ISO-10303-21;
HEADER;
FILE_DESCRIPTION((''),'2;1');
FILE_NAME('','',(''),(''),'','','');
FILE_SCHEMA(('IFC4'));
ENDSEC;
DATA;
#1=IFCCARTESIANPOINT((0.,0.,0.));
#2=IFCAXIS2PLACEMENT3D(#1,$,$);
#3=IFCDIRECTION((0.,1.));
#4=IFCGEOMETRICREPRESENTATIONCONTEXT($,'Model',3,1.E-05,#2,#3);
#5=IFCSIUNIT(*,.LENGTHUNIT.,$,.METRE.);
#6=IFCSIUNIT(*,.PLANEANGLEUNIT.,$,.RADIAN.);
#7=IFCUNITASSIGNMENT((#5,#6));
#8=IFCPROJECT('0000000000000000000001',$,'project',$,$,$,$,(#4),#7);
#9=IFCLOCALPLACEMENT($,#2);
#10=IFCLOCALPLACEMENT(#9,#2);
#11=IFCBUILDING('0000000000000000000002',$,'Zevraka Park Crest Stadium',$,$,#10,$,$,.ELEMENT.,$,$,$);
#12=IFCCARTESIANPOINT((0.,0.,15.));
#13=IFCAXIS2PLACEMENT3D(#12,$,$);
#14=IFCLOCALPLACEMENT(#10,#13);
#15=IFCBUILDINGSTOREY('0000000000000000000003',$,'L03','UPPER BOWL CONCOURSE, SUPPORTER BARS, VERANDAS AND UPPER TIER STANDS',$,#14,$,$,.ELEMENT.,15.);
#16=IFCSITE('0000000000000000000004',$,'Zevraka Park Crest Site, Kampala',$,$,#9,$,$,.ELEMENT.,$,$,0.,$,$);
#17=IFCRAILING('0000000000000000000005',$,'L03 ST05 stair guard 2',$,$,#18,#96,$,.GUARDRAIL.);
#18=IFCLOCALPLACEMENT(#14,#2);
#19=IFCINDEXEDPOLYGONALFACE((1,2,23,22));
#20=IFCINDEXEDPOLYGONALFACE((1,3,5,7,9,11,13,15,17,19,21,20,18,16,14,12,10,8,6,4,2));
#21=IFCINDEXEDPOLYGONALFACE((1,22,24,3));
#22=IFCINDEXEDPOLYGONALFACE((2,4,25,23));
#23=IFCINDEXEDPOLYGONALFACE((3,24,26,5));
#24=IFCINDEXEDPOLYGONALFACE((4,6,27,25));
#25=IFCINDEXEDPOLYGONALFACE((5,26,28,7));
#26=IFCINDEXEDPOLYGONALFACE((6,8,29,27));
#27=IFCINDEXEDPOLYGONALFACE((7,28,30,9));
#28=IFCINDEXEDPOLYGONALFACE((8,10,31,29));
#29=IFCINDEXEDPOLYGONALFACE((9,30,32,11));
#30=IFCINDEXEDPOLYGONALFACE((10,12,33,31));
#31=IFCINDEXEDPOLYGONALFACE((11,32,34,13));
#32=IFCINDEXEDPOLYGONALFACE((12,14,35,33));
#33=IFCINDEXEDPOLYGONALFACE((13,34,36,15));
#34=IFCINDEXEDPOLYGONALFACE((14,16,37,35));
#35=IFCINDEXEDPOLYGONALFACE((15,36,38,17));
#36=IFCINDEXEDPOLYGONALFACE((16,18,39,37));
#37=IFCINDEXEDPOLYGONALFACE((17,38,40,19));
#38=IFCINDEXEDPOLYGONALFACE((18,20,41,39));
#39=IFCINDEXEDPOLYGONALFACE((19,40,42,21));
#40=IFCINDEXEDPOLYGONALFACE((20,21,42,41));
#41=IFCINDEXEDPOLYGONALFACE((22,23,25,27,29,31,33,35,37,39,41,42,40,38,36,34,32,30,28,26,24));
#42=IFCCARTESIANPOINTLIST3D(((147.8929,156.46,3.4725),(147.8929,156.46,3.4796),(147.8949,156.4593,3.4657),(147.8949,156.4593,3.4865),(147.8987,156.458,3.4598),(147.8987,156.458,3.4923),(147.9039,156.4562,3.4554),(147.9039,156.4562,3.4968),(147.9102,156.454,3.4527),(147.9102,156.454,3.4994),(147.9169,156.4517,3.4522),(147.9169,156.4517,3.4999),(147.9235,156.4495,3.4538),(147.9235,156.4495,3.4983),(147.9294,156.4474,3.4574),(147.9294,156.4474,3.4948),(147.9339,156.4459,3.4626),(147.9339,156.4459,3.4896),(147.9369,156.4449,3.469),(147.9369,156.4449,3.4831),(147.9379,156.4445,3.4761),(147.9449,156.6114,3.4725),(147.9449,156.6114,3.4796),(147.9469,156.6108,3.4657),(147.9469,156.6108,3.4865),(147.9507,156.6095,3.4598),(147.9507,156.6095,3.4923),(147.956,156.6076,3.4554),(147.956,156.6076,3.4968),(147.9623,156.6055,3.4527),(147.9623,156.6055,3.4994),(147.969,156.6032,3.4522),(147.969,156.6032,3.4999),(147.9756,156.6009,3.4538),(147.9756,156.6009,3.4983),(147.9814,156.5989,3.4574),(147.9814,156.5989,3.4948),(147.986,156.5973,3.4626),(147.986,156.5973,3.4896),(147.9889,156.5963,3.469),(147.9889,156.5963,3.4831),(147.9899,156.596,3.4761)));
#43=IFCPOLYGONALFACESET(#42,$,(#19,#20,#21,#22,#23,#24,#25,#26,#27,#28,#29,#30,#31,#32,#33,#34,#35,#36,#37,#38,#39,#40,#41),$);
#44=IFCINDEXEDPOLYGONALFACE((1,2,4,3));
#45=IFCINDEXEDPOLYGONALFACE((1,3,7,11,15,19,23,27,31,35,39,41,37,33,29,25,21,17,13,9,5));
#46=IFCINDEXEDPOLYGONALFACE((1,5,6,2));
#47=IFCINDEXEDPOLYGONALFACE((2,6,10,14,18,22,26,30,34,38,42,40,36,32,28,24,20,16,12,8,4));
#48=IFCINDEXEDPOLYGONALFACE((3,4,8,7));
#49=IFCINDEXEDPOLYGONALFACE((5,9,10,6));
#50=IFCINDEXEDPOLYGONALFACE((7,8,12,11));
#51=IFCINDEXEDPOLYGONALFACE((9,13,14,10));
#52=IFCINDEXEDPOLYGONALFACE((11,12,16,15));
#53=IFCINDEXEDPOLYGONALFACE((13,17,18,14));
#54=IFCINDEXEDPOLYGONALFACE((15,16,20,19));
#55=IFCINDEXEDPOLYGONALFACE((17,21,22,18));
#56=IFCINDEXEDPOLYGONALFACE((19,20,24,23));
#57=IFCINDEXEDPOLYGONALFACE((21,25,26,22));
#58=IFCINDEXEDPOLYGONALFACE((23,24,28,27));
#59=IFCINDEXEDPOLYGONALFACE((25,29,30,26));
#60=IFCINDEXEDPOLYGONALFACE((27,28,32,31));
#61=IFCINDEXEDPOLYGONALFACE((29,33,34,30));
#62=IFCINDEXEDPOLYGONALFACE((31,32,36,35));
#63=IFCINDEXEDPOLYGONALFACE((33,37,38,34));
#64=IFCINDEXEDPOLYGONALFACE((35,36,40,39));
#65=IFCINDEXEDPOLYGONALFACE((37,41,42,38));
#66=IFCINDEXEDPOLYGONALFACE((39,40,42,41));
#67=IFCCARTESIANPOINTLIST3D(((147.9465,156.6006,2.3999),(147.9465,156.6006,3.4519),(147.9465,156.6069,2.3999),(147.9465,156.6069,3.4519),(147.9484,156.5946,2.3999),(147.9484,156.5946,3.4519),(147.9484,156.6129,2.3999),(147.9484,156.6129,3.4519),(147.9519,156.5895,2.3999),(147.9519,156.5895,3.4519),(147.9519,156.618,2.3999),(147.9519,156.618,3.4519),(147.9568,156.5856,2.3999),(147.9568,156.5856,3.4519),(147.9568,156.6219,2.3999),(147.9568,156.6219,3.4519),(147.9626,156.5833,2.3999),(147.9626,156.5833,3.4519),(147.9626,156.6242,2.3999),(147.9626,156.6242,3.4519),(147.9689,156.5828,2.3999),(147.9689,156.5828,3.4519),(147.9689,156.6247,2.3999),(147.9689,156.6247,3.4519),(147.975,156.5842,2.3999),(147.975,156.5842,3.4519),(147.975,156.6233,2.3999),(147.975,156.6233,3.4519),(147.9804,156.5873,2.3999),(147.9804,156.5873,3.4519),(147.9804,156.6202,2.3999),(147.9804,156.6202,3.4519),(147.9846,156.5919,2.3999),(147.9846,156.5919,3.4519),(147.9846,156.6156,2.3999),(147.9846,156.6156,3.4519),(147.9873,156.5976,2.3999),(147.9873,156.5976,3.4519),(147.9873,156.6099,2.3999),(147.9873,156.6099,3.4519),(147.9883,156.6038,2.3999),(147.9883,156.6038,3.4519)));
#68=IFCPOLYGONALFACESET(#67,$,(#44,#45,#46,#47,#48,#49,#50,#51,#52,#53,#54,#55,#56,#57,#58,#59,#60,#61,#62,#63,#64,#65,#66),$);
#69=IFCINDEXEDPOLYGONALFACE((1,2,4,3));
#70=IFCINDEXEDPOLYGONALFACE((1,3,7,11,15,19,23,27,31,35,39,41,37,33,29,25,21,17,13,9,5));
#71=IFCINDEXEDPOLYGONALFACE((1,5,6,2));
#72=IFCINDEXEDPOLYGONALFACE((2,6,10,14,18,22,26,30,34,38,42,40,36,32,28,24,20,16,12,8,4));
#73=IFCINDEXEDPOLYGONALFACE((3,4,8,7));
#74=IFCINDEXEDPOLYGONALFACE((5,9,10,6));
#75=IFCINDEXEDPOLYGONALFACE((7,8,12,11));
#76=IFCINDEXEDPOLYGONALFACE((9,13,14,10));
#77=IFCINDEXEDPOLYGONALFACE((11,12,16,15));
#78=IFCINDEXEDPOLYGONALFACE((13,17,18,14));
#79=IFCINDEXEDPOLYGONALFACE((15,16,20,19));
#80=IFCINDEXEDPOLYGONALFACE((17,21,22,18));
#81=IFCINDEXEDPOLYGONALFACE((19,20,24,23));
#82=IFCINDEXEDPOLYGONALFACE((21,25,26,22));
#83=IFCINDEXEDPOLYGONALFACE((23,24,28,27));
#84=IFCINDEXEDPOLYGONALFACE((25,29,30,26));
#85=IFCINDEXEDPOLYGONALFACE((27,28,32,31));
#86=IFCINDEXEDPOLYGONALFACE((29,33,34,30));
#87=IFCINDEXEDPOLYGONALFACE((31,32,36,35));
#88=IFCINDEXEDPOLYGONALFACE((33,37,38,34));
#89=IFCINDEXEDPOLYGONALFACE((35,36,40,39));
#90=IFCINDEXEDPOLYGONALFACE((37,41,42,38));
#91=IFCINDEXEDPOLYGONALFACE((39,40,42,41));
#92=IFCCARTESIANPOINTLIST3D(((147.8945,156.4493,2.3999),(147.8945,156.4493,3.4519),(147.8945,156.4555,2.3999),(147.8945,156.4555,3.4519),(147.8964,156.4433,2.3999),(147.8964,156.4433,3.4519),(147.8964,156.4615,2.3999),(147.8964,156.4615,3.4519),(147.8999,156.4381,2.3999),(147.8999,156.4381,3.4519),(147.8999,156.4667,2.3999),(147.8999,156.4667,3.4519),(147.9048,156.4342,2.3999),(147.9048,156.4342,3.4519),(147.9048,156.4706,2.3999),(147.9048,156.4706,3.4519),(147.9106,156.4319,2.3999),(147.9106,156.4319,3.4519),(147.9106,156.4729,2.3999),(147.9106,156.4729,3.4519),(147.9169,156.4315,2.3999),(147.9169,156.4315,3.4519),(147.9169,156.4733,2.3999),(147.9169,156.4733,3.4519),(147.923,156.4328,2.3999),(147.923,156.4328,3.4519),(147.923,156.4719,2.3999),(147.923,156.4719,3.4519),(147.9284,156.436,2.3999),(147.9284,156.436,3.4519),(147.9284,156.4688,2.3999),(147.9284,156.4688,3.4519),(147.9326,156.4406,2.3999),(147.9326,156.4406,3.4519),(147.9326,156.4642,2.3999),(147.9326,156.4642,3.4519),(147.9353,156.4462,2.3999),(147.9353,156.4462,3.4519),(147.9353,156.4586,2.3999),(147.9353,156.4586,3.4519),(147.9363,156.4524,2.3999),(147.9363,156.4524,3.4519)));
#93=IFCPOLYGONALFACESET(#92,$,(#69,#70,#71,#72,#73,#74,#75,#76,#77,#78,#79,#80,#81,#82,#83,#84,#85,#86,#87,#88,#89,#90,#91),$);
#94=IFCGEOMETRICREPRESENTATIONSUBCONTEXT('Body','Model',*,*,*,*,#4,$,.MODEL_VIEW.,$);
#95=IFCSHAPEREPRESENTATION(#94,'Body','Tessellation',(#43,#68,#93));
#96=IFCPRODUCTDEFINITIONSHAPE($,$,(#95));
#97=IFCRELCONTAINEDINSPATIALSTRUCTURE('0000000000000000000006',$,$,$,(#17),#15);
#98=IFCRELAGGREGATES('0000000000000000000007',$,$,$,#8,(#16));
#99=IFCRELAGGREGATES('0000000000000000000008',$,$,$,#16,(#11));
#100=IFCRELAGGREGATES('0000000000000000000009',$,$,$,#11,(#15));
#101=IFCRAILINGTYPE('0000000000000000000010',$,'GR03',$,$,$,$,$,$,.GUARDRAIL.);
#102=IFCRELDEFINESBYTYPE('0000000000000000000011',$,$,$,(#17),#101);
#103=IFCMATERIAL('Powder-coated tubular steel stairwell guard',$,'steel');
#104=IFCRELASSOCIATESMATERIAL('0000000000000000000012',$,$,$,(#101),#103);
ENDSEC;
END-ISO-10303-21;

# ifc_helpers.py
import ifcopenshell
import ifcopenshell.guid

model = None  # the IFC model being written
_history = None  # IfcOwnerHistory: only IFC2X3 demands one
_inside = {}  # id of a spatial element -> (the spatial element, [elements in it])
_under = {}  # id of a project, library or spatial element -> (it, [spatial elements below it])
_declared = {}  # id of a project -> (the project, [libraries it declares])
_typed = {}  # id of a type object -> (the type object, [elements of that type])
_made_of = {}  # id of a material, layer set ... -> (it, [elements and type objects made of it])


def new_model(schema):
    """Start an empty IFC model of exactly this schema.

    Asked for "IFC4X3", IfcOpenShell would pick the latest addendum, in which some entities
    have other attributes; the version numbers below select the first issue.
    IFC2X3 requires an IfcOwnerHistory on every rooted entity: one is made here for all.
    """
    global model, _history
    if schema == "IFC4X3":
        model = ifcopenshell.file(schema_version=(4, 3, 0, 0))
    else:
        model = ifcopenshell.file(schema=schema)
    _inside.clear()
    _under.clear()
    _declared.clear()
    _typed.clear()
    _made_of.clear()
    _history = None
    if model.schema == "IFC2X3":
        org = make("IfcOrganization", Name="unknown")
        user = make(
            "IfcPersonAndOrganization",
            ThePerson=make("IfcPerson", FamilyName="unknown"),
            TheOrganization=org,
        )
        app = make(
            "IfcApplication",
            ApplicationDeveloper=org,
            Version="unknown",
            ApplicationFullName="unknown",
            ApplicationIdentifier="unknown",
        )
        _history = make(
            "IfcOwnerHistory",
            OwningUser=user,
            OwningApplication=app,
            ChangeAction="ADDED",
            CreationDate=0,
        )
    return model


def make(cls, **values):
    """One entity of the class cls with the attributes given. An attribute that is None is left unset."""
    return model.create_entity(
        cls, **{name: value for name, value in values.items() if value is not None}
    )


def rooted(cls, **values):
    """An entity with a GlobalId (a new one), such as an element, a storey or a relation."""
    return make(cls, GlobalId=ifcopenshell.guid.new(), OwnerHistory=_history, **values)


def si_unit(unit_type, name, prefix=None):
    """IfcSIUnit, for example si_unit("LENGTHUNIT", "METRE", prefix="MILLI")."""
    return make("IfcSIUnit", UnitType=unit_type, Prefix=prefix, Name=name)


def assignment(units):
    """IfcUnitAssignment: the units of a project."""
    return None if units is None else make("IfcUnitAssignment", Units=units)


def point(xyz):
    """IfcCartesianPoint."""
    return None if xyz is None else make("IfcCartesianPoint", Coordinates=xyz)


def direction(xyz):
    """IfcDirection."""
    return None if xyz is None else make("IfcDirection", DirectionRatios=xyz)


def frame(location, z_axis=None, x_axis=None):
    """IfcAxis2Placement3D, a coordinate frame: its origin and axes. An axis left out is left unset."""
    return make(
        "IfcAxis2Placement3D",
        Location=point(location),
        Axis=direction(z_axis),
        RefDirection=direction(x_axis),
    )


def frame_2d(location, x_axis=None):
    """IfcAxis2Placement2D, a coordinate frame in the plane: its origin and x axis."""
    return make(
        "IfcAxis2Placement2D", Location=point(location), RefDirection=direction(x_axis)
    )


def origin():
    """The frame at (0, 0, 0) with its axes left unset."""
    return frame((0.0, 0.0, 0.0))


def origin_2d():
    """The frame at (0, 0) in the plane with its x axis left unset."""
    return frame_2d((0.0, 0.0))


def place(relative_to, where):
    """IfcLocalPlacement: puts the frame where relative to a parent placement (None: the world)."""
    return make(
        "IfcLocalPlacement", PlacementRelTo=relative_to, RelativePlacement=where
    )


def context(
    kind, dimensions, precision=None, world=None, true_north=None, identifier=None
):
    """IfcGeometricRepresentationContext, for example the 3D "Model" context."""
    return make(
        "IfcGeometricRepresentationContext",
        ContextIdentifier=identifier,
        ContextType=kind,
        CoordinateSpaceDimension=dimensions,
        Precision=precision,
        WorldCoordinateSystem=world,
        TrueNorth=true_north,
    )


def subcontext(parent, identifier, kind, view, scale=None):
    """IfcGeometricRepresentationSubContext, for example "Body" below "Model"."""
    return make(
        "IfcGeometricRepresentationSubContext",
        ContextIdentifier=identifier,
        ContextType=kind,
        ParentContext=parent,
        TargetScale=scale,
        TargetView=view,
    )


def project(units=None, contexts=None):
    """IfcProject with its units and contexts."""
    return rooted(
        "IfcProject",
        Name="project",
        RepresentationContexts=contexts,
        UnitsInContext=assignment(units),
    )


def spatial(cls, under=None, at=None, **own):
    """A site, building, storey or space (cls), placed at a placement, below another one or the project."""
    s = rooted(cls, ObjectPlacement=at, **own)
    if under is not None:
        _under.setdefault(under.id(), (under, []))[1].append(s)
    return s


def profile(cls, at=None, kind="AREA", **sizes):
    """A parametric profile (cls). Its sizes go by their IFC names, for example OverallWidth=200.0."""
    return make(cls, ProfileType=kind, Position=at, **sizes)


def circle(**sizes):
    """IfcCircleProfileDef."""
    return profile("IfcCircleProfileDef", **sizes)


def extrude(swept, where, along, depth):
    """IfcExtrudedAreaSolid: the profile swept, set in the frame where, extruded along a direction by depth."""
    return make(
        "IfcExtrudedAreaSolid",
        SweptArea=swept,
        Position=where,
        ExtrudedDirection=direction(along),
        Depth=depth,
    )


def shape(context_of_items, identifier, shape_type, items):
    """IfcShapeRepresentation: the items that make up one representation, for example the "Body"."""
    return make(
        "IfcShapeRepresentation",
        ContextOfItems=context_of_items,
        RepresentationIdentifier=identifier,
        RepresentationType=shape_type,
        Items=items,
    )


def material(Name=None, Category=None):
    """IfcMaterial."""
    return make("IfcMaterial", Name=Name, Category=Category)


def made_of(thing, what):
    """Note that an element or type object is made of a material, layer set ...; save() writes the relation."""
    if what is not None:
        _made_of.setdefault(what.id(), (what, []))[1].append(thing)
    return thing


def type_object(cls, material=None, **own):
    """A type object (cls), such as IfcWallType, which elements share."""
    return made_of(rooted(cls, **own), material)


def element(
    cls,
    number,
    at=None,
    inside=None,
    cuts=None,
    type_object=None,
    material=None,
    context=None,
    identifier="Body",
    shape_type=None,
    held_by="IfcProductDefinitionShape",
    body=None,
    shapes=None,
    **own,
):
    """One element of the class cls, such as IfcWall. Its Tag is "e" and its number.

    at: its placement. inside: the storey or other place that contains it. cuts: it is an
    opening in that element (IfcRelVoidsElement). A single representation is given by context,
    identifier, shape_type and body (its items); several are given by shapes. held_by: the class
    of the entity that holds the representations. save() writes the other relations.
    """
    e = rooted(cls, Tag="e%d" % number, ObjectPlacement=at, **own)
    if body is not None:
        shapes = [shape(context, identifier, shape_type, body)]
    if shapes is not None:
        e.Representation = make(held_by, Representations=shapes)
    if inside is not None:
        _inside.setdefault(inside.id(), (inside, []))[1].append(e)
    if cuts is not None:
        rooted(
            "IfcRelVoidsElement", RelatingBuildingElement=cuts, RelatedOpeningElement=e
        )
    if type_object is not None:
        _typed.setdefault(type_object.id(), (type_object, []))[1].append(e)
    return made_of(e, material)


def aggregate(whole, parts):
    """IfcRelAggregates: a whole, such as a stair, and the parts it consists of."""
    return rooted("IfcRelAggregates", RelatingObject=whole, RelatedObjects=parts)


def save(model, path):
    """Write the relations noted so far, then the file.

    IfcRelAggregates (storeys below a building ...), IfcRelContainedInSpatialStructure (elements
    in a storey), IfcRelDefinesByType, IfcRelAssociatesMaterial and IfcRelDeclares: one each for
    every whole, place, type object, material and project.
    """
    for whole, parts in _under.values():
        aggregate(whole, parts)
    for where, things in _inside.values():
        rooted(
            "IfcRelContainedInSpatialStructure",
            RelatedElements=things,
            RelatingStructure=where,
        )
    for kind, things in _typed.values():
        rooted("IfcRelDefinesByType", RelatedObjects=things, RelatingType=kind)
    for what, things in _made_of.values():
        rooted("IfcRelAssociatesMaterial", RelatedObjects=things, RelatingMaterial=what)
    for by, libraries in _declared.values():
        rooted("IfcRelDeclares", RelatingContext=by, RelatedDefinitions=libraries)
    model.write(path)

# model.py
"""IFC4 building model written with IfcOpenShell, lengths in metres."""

from ifc_helpers import new_model, si_unit, direction, frame, origin, origin_2d, place, context, subcontext, project, spatial, circle, extrude, material, type_object, element, save


model = new_model("IFC4")

# Units and contexts
model_context = context("Model", 3, precision=1e-05, world=origin(), true_north=direction((0.0, 1.0)))
body_context = subcontext(model_context, "Body", "Model", "MODEL_VIEW")
ifc_project = project(units=[si_unit("LENGTHUNIT", "METRE"), si_unit("PLANEANGLEUNIT", "RADIAN")], contexts=[model_context])

# Site, building, storey
site_placement = place(None, origin())
site = spatial("IfcSite", under=ifc_project, at=site_placement, Name="Zevraka Park Crest Site, Kampala", CompositionType="ELEMENT", RefElevation=0.0)
building_placement = place(site_placement, origin())
building = spatial("IfcBuilding", under=site, at=building_placement, Name="Zevraka Park Crest Stadium", CompositionType="ELEMENT")
storey_placement = place(building_placement, frame((0.0, 0.0, 15.0)))
storey = spatial("IfcBuildingStorey", under=building, at=storey_placement, Name="L03", Description="UPPER BOWL CONCOURSE, SUPPORTER BARS, VERANDAS AND UPPER TIER STANDS", CompositionType="ELEMENT", Elevation=15.0)

# Railing
ifc_material_1 = material(Name="Powder-coated tubular steel stairwell guard", Category="steel")
railing_type_1 = type_object("IfcRailingType", Name="GR03", PredefinedType="GUARDRAIL", material=ifc_material_1)
railing_1_placement = place(storey_placement, frame((147.9673, 156.6038, 2.3999)))
element("IfcRailing", 1, at=railing_1_placement, inside=storey, type_object=railing_type_1, Name="L03 ST05 stair guard 2", PredefinedType="GUARDRAIL", context=body_context, shape_type="SweptSolid", body=[
    extrude(circle(Radius=0.0239, at=origin_2d()), frame((0.0, 0.0, 1.0762), z_axis=(-0.324909, -0.945745, 0.0), x_axis=(0.945745, -0.324909, 0.0)), (0.0, 0.0, 1.0), 0.1602),
    extrude(circle(Radius=0.021, at=origin_2d()), origin(), (0.0, 0.0, 1.0), 1.052),
    extrude(circle(Radius=0.021, at=origin_2d()), frame((-0.052, -0.1514, 0.0)), (0.0, 0.0, 1.0), 1.052),
])

save(model, "model.ifc")
